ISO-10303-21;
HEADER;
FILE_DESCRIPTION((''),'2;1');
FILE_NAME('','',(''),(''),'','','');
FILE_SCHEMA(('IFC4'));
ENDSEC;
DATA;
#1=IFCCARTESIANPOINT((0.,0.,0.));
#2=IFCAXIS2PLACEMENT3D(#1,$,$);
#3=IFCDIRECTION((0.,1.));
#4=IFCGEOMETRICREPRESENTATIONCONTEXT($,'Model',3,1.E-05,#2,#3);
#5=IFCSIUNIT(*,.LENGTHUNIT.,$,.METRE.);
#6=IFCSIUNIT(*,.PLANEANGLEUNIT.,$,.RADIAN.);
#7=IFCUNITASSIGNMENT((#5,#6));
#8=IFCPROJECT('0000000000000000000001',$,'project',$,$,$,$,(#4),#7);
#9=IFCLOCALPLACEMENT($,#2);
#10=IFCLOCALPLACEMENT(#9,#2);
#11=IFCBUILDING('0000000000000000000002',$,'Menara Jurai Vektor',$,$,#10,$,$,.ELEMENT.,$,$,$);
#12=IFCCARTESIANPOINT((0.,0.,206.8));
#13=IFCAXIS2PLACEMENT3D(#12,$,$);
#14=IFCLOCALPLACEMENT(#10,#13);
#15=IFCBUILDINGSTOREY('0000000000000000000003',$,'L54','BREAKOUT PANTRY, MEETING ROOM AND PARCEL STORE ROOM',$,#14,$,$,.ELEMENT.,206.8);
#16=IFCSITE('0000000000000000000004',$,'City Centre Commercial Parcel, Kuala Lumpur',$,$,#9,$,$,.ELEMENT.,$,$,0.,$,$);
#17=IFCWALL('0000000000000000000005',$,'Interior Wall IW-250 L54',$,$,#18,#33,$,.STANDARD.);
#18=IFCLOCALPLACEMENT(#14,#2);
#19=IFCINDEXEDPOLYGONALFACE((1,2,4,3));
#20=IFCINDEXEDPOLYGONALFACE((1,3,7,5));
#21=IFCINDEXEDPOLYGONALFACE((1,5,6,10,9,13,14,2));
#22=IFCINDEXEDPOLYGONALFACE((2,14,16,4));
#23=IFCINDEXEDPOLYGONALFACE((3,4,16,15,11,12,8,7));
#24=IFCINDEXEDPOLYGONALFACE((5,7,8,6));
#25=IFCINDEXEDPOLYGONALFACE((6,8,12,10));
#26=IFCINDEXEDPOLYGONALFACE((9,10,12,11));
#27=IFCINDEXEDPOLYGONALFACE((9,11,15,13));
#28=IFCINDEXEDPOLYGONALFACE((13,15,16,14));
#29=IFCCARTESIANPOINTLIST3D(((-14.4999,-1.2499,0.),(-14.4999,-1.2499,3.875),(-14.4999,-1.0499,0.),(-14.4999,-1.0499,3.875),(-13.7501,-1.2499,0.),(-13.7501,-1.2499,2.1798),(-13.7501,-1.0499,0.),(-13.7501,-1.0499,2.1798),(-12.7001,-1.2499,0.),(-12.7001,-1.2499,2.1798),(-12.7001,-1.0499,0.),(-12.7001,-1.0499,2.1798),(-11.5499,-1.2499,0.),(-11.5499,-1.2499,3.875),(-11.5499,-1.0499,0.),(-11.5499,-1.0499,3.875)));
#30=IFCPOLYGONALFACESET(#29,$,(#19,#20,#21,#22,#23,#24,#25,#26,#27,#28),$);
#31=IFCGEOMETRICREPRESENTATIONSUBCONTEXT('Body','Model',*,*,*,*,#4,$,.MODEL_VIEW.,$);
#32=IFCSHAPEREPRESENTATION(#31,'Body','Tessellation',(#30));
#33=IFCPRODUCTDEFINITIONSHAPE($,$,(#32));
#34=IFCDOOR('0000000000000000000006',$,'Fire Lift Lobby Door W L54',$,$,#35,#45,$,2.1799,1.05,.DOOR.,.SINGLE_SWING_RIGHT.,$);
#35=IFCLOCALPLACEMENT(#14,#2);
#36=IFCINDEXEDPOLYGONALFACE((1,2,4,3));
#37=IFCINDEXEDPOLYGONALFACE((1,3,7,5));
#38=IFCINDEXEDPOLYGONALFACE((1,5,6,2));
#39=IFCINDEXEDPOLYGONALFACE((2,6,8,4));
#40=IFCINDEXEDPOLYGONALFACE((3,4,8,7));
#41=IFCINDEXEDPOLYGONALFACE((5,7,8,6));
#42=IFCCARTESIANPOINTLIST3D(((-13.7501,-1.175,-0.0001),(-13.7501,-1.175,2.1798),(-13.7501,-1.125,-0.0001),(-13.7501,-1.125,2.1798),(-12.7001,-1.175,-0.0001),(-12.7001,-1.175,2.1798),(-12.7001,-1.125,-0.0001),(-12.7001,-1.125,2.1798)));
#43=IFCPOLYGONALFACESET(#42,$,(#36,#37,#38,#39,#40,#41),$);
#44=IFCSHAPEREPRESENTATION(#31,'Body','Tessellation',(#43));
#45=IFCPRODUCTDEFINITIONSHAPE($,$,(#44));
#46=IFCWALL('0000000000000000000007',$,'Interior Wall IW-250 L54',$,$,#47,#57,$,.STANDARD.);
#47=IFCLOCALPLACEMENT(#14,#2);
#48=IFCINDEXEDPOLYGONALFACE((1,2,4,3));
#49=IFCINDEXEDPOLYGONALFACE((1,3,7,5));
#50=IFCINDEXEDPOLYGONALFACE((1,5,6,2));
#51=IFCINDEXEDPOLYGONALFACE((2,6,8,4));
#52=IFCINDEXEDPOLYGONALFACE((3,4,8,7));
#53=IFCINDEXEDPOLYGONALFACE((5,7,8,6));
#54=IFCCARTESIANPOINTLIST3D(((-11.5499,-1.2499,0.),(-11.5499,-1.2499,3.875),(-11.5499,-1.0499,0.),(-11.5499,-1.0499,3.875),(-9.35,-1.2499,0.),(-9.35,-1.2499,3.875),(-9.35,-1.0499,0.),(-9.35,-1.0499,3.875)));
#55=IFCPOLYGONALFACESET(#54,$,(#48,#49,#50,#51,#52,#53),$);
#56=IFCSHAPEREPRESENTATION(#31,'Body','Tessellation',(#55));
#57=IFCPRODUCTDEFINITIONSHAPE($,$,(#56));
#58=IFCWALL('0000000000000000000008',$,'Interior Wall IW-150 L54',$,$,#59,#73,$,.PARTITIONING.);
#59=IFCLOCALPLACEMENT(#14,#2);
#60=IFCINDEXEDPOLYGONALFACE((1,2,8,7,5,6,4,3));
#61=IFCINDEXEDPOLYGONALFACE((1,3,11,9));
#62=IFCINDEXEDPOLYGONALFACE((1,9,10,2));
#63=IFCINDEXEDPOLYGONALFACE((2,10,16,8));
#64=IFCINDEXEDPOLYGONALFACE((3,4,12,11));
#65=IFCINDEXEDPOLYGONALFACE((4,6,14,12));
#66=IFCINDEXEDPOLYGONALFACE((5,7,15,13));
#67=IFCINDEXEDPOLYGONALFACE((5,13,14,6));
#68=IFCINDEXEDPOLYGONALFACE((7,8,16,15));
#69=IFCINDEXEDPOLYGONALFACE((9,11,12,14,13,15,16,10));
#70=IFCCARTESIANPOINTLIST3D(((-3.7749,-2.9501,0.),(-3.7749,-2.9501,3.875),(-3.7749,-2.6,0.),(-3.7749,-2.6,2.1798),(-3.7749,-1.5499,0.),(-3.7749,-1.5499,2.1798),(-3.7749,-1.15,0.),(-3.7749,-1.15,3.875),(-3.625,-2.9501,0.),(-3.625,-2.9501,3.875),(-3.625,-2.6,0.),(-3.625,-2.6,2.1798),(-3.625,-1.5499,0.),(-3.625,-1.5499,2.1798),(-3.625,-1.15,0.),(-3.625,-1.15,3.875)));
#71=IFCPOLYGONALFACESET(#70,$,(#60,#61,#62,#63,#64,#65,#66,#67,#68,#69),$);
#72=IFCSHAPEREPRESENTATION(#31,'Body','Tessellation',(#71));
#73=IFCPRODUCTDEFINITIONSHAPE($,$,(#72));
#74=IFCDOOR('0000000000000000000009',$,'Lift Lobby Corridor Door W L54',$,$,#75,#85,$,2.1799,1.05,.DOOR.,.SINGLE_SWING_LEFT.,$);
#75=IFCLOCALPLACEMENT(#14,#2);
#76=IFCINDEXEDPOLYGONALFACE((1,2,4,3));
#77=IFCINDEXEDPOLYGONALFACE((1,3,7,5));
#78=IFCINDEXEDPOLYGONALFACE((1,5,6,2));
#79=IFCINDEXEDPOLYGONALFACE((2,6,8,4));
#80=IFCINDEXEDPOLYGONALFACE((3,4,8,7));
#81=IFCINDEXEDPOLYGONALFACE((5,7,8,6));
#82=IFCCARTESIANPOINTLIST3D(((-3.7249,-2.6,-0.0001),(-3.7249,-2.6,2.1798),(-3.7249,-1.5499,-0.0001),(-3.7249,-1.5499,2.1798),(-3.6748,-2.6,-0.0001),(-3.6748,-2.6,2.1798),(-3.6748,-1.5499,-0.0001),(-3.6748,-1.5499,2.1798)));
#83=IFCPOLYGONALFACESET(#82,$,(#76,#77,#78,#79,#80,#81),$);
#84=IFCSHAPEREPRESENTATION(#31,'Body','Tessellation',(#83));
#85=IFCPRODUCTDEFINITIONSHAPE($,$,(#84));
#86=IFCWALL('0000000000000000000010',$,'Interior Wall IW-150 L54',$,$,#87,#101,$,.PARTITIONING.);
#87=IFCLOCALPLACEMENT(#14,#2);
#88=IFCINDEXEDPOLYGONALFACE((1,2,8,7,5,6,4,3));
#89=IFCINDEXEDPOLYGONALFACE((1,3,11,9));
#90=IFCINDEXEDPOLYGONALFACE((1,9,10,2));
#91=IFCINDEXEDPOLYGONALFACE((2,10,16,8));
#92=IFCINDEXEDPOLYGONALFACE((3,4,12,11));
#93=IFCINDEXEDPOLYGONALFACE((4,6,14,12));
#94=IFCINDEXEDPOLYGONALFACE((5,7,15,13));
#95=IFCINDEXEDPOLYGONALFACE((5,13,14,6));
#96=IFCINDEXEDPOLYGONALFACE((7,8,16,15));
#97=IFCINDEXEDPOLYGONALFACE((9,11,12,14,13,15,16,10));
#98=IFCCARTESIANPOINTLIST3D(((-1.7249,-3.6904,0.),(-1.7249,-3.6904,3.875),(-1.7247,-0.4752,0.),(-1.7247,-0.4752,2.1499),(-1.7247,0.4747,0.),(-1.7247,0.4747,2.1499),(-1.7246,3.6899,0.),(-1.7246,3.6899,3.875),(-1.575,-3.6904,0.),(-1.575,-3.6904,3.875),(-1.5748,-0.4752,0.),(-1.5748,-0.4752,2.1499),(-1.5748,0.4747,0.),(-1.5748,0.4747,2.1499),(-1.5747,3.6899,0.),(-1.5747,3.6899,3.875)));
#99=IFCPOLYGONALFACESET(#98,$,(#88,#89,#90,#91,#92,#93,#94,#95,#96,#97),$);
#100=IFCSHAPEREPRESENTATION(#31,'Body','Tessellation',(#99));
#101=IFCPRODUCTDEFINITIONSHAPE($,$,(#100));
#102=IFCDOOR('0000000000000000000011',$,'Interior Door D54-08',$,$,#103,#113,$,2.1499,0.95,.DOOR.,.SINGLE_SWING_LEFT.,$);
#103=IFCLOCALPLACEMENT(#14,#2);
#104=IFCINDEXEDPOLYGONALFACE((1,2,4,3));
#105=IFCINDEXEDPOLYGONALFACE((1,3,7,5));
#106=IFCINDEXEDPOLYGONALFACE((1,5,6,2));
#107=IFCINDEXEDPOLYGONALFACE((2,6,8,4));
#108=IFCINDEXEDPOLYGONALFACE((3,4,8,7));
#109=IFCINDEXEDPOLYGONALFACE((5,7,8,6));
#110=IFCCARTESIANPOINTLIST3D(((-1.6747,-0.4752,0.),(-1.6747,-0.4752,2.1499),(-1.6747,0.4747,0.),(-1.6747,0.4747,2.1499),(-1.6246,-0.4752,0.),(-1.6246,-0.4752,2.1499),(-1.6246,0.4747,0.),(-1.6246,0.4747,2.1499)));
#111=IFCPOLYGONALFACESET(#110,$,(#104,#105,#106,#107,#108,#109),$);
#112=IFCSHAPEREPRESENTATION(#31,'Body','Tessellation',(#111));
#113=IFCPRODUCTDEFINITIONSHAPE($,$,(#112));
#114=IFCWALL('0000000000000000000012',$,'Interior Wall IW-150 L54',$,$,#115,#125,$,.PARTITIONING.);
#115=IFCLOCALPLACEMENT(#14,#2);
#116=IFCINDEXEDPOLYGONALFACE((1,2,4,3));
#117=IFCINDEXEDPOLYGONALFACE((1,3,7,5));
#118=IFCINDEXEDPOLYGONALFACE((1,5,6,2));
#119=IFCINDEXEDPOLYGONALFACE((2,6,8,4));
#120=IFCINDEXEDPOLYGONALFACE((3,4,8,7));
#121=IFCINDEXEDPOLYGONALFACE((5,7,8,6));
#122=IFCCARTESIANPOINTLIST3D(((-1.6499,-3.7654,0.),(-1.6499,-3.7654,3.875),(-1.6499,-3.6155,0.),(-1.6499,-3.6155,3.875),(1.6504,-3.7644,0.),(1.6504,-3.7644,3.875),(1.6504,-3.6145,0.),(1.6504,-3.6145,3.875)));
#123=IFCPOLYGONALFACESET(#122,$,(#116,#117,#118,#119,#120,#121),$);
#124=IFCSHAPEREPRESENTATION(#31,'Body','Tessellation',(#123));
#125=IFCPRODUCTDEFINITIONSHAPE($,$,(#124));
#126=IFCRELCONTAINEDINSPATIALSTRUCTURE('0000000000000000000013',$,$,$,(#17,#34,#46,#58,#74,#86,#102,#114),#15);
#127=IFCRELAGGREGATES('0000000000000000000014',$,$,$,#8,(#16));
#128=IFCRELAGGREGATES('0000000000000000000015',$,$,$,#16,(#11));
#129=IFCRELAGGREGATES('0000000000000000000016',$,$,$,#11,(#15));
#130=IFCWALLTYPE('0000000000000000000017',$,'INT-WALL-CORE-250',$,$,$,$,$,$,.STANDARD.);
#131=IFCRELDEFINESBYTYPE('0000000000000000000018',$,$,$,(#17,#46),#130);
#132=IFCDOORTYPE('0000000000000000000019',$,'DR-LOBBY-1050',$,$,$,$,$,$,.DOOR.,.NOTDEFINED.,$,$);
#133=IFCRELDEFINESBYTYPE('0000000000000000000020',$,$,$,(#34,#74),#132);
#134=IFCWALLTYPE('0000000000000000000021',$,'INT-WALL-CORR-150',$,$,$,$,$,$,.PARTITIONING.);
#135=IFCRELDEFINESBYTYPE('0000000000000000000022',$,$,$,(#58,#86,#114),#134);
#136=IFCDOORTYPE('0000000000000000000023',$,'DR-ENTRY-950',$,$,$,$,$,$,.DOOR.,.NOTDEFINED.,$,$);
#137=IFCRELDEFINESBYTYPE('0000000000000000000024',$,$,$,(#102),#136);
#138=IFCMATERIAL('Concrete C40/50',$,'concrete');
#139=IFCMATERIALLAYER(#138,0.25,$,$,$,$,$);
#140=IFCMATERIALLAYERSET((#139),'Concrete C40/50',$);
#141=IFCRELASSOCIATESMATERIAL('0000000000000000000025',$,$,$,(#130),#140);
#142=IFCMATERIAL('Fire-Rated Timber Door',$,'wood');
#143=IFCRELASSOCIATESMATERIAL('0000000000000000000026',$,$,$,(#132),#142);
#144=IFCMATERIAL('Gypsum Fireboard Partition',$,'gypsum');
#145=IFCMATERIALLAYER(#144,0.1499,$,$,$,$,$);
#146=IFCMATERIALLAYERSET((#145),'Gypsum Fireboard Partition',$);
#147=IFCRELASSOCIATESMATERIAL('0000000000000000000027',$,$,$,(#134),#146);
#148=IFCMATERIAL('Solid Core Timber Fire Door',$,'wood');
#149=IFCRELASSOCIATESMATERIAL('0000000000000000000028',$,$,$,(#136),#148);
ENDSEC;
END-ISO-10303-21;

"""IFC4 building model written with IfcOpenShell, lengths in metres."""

from ifc_helpers import new_model, si_unit, direction, frame, frame_2d, origin, place, context, subcontext, project, spatial, rectangle, extrude, material, layer, layer_set, type_object, element, fill, save


model = new_model("IFC4")

# Units and contexts
model_context = context("Model", 3, precision=1e-05, world=origin(), true_north=direction((0.0, 1.0)))
body_context = subcontext(model_context, "Body", "Model", "MODEL_VIEW")
ifc_project = project(units=[si_unit("LENGTHUNIT", "METRE"), si_unit("PLANEANGLEUNIT", "RADIAN")], contexts=[model_context])

# Site, building, storey
site_placement = place(None, origin())
site = spatial("IfcSite", under=ifc_project, at=site_placement, Name="City Centre Commercial Parcel, Kuala Lumpur", CompositionType="ELEMENT", RefElevation=0.0)
building_placement = place(site_placement, origin())
building = spatial("IfcBuilding", under=site, at=building_placement, Name="Menara Jurai Vektor", CompositionType="ELEMENT")
storey_placement = place(building_placement, frame((0.0, 0.0, 206.8)))
storey = spatial("IfcBuildingStorey", under=building, at=storey_placement, Name="L54", Description="BREAKOUT PANTRY, MEETING ROOM AND PARCEL STORE ROOM", CompositionType="ELEMENT", Elevation=206.8)

# Wall, opening, door
ifc_material_1 = material(Name="Concrete C40/50", Category="concrete")
ifc_layer_1 = layer(ifc_material_1, 0.25)
ifc_layer_set_1 = layer_set([ifc_layer_1], Name="Concrete C40/50")
wall_type_1 = type_object("IfcWallType", Name="INT-WALL-CORE-250", PredefinedType="STANDARD", material=ifc_layer_set_1)
wall_1_placement = place(storey_placement, frame((-14.5, -1.1499, 0.0), z_axis=(0.0, 0.0, 1.0), x_axis=(1.0, 0.0, 0.0)))
wall_1 = element("IfcWall", 1, at=wall_1_placement, inside=storey, type_object=wall_type_1, Name="Interior Wall IW-250 L54", PredefinedType="STANDARD", context=body_context, shape_type="SweptSolid", body=[
    extrude(rectangle(XDim=2.95, YDim=0.2, at=frame_2d((1.4751, 0.0))), origin(), (0.0, 0.0, 1.0), 3.875),
])
opening_1_placement = place(wall_1_placement, frame((0.75, 0.0, 0.0)))
opening_1 = element("IfcOpeningElement", 2, at=opening_1_placement, cuts=wall_1, PredefinedType="OPENING", context=body_context, shape_type="SweptSolid", body=[
    extrude(rectangle(XDim=1.05, YDim=2.1799, at=frame_2d((0.5249, 1.0898))), frame((0.0, 0.1099, 0.0), z_axis=(0.0, -1.0, 0.0), x_axis=(1.0, 0.0, 0.0)), (0.0, 0.0, 1.0), 0.22),
])
ifc_material_2 = material(Name="Fire-Rated Timber Door", Category="wood")
door_type_1 = type_object("IfcDoorType", Name="DR-LOBBY-1050", OperationType="NOTDEFINED", PredefinedType="DOOR", material=ifc_material_2)
door_1_placement = place(opening_1_placement, origin())
door_1 = element("IfcDoor", 3, at=door_1_placement, inside=storey, type_object=door_type_1, Name="Fire Lift Lobby Door W L54", OperationType="SINGLE_SWING_RIGHT", OverallHeight=2.1799, OverallWidth=1.05, PredefinedType="DOOR", context=body_context, shape_type="SweptSolid", body=[
    extrude(rectangle(XDim=1.05, YDim=2.1799, at=frame_2d((0.5249, 1.0898))), frame((0.0, 0.0249, 0.0), z_axis=(0.0, -1.0, 0.0), x_axis=(1.0, 0.0, 0.0)), (0.0, 0.0, 1.0), 0.05),
])
fill(opening_1, door_1)

# Wall
wall_2_placement = place(storey_placement, frame((-11.55, -1.1499, 0.0), z_axis=(0.0, 0.0, 1.0), x_axis=(1.0, 0.0, 0.0)))
element("IfcWall", 4, at=wall_2_placement, inside=storey, type_object=wall_type_1, Name="Interior Wall IW-250 L54", PredefinedType="STANDARD", context=body_context, shape_type="SweptSolid", body=[
    extrude(rectangle(XDim=2.2, YDim=0.2, at=frame_2d((1.1001, 0.0))), origin(), (0.0, 0.0, 1.0), 3.875),
])

# Walls, openings, doors
ifc_material_3 = material(Name="Gypsum Fireboard Partition", Category="gypsum")
ifc_layer_2 = layer(ifc_material_3, 0.1499)
ifc_layer_set_2 = layer_set([ifc_layer_2], Name="Gypsum Fireboard Partition")
wall_type_2 = type_object("IfcWallType", Name="INT-WALL-CORR-150", PredefinedType="PARTITIONING", material=ifc_layer_set_2)
wall_3_placement = place(storey_placement, frame((-3.7, -2.95, 0.0), z_axis=(0.0, 0.0, 1.0), x_axis=(0.0, 1.0, 0.0)))
wall_3 = element("IfcWall", 5, at=wall_3_placement, inside=storey, type_object=wall_type_2, Name="Interior Wall IW-150 L54", PredefinedType="PARTITIONING", context=body_context, shape_type="SweptSolid", body=[
    extrude(rectangle(XDim=1.8, YDim=0.1499, at=frame_2d((0.8999, 0.0))), origin(), (0.0, 0.0, 1.0), 3.875),
])
opening_2_placement = place(wall_3_placement, frame((0.3501, 0.0, 0.0)))
opening_2 = element("IfcOpeningElement", 6, at=opening_2_placement, cuts=wall_3, PredefinedType="OPENING", context=body_context, shape_type="SweptSolid", body=[
    extrude(rectangle(XDim=1.05, YDim=2.1799, at=frame_2d((0.5249, 1.0898))), frame((0.0, 0.085, 0.0), z_axis=(0.0, -1.0, 0.0), x_axis=(1.0, 0.0, 0.0)), (0.0, 0.0, 1.0), 0.1699),
])
door_2_placement = place(opening_2_placement, origin())
door_2 = element("IfcDoor", 7, at=door_2_placement, inside=storey, type_object=door_type_1, Name="Lift Lobby Corridor Door W L54", OperationType="SINGLE_SWING_LEFT", OverallHeight=2.1799, OverallWidth=1.05, PredefinedType="DOOR", context=body_context, shape_type="SweptSolid", body=[
    extrude(rectangle(XDim=1.05, YDim=2.1799, at=frame_2d((0.5249, 1.0898))), frame((0.0, 0.0249, 0.0), z_axis=(0.0, -1.0, 0.0), x_axis=(1.0, 0.0, 0.0)), (0.0, 0.0, 1.0), 0.05),
])
fill(opening_2, door_2)
wall_4_placement = place(storey_placement, frame((-1.6499, -3.6904, 0.0), z_axis=(0.0, 0.0, 1.0), x_axis=(0.000033, 1.0, 0.0)))
wall_4 = element("IfcWall", 8, at=wall_4_placement, inside=storey, type_object=wall_type_2, Name="Interior Wall IW-150 L54", PredefinedType="PARTITIONING", context=body_context, shape_type="SweptSolid", body=[
    extrude(rectangle(XDim=7.3804, YDim=0.1499, at=frame_2d((3.6902, 0.0))), origin(), (0.0, 0.0, 1.0), 3.875),
])
opening_3_placement = place(wall_4_placement, frame((3.2151, 0.0, 0.0)))
opening_3 = element("IfcOpeningElement", 9, at=opening_3_placement, cuts=wall_4, PredefinedType="OPENING", context=body_context, shape_type="SweptSolid", body=[
    extrude(rectangle(XDim=0.95, YDim=2.1499, at=frame_2d((0.4751, 1.075))), frame((0.0, 0.085, 0.0), z_axis=(0.0, -1.0, 0.0), x_axis=(1.0, 0.0, 0.0)), (0.0, 0.0, 1.0), 0.1699),
])
ifc_material_4 = material(Name="Solid Core Timber Fire Door", Category="wood")
door_type_2 = type_object("IfcDoorType", Name="DR-ENTRY-950", OperationType="NOTDEFINED", PredefinedType="DOOR", material=ifc_material_4)
door_3_placement = place(opening_3_placement, origin())
door_3 = element("IfcDoor", 10, at=door_3_placement, inside=storey, type_object=door_type_2, Name="Interior Door D54-08", OperationType="SINGLE_SWING_LEFT", OverallHeight=2.1499, OverallWidth=0.95, PredefinedType="DOOR", context=body_context, shape_type="SweptSolid", body=[
    extrude(rectangle(XDim=0.95, YDim=2.1499, at=frame_2d((0.4751, 1.075))), frame((0.0, 0.0249, 0.0), z_axis=(0.0, -1.0, 0.0), x_axis=(1.0, 0.0, 0.0)), (0.0, 0.0, 1.0), 0.05),
])
fill(opening_3, door_3)

# Wall
wall_5_placement = place(storey_placement, frame((-1.6499, -3.6904, 0.0), z_axis=(0.0, 0.0, 1.0), x_axis=(1.0, 0.000296, 0.0)))
element("IfcWall", 11, at=wall_5_placement, inside=storey, type_object=wall_type_2, Name="Interior Wall IW-150 L54", PredefinedType="PARTITIONING", context=body_context, shape_type="SweptSolid", body=[
    extrude(rectangle(XDim=3.3003, YDim=0.1499, at=frame_2d((1.6501, 0.0))), origin(), (0.0, 0.0, 1.0), 3.875),
])

save(model, "model.ifc")
